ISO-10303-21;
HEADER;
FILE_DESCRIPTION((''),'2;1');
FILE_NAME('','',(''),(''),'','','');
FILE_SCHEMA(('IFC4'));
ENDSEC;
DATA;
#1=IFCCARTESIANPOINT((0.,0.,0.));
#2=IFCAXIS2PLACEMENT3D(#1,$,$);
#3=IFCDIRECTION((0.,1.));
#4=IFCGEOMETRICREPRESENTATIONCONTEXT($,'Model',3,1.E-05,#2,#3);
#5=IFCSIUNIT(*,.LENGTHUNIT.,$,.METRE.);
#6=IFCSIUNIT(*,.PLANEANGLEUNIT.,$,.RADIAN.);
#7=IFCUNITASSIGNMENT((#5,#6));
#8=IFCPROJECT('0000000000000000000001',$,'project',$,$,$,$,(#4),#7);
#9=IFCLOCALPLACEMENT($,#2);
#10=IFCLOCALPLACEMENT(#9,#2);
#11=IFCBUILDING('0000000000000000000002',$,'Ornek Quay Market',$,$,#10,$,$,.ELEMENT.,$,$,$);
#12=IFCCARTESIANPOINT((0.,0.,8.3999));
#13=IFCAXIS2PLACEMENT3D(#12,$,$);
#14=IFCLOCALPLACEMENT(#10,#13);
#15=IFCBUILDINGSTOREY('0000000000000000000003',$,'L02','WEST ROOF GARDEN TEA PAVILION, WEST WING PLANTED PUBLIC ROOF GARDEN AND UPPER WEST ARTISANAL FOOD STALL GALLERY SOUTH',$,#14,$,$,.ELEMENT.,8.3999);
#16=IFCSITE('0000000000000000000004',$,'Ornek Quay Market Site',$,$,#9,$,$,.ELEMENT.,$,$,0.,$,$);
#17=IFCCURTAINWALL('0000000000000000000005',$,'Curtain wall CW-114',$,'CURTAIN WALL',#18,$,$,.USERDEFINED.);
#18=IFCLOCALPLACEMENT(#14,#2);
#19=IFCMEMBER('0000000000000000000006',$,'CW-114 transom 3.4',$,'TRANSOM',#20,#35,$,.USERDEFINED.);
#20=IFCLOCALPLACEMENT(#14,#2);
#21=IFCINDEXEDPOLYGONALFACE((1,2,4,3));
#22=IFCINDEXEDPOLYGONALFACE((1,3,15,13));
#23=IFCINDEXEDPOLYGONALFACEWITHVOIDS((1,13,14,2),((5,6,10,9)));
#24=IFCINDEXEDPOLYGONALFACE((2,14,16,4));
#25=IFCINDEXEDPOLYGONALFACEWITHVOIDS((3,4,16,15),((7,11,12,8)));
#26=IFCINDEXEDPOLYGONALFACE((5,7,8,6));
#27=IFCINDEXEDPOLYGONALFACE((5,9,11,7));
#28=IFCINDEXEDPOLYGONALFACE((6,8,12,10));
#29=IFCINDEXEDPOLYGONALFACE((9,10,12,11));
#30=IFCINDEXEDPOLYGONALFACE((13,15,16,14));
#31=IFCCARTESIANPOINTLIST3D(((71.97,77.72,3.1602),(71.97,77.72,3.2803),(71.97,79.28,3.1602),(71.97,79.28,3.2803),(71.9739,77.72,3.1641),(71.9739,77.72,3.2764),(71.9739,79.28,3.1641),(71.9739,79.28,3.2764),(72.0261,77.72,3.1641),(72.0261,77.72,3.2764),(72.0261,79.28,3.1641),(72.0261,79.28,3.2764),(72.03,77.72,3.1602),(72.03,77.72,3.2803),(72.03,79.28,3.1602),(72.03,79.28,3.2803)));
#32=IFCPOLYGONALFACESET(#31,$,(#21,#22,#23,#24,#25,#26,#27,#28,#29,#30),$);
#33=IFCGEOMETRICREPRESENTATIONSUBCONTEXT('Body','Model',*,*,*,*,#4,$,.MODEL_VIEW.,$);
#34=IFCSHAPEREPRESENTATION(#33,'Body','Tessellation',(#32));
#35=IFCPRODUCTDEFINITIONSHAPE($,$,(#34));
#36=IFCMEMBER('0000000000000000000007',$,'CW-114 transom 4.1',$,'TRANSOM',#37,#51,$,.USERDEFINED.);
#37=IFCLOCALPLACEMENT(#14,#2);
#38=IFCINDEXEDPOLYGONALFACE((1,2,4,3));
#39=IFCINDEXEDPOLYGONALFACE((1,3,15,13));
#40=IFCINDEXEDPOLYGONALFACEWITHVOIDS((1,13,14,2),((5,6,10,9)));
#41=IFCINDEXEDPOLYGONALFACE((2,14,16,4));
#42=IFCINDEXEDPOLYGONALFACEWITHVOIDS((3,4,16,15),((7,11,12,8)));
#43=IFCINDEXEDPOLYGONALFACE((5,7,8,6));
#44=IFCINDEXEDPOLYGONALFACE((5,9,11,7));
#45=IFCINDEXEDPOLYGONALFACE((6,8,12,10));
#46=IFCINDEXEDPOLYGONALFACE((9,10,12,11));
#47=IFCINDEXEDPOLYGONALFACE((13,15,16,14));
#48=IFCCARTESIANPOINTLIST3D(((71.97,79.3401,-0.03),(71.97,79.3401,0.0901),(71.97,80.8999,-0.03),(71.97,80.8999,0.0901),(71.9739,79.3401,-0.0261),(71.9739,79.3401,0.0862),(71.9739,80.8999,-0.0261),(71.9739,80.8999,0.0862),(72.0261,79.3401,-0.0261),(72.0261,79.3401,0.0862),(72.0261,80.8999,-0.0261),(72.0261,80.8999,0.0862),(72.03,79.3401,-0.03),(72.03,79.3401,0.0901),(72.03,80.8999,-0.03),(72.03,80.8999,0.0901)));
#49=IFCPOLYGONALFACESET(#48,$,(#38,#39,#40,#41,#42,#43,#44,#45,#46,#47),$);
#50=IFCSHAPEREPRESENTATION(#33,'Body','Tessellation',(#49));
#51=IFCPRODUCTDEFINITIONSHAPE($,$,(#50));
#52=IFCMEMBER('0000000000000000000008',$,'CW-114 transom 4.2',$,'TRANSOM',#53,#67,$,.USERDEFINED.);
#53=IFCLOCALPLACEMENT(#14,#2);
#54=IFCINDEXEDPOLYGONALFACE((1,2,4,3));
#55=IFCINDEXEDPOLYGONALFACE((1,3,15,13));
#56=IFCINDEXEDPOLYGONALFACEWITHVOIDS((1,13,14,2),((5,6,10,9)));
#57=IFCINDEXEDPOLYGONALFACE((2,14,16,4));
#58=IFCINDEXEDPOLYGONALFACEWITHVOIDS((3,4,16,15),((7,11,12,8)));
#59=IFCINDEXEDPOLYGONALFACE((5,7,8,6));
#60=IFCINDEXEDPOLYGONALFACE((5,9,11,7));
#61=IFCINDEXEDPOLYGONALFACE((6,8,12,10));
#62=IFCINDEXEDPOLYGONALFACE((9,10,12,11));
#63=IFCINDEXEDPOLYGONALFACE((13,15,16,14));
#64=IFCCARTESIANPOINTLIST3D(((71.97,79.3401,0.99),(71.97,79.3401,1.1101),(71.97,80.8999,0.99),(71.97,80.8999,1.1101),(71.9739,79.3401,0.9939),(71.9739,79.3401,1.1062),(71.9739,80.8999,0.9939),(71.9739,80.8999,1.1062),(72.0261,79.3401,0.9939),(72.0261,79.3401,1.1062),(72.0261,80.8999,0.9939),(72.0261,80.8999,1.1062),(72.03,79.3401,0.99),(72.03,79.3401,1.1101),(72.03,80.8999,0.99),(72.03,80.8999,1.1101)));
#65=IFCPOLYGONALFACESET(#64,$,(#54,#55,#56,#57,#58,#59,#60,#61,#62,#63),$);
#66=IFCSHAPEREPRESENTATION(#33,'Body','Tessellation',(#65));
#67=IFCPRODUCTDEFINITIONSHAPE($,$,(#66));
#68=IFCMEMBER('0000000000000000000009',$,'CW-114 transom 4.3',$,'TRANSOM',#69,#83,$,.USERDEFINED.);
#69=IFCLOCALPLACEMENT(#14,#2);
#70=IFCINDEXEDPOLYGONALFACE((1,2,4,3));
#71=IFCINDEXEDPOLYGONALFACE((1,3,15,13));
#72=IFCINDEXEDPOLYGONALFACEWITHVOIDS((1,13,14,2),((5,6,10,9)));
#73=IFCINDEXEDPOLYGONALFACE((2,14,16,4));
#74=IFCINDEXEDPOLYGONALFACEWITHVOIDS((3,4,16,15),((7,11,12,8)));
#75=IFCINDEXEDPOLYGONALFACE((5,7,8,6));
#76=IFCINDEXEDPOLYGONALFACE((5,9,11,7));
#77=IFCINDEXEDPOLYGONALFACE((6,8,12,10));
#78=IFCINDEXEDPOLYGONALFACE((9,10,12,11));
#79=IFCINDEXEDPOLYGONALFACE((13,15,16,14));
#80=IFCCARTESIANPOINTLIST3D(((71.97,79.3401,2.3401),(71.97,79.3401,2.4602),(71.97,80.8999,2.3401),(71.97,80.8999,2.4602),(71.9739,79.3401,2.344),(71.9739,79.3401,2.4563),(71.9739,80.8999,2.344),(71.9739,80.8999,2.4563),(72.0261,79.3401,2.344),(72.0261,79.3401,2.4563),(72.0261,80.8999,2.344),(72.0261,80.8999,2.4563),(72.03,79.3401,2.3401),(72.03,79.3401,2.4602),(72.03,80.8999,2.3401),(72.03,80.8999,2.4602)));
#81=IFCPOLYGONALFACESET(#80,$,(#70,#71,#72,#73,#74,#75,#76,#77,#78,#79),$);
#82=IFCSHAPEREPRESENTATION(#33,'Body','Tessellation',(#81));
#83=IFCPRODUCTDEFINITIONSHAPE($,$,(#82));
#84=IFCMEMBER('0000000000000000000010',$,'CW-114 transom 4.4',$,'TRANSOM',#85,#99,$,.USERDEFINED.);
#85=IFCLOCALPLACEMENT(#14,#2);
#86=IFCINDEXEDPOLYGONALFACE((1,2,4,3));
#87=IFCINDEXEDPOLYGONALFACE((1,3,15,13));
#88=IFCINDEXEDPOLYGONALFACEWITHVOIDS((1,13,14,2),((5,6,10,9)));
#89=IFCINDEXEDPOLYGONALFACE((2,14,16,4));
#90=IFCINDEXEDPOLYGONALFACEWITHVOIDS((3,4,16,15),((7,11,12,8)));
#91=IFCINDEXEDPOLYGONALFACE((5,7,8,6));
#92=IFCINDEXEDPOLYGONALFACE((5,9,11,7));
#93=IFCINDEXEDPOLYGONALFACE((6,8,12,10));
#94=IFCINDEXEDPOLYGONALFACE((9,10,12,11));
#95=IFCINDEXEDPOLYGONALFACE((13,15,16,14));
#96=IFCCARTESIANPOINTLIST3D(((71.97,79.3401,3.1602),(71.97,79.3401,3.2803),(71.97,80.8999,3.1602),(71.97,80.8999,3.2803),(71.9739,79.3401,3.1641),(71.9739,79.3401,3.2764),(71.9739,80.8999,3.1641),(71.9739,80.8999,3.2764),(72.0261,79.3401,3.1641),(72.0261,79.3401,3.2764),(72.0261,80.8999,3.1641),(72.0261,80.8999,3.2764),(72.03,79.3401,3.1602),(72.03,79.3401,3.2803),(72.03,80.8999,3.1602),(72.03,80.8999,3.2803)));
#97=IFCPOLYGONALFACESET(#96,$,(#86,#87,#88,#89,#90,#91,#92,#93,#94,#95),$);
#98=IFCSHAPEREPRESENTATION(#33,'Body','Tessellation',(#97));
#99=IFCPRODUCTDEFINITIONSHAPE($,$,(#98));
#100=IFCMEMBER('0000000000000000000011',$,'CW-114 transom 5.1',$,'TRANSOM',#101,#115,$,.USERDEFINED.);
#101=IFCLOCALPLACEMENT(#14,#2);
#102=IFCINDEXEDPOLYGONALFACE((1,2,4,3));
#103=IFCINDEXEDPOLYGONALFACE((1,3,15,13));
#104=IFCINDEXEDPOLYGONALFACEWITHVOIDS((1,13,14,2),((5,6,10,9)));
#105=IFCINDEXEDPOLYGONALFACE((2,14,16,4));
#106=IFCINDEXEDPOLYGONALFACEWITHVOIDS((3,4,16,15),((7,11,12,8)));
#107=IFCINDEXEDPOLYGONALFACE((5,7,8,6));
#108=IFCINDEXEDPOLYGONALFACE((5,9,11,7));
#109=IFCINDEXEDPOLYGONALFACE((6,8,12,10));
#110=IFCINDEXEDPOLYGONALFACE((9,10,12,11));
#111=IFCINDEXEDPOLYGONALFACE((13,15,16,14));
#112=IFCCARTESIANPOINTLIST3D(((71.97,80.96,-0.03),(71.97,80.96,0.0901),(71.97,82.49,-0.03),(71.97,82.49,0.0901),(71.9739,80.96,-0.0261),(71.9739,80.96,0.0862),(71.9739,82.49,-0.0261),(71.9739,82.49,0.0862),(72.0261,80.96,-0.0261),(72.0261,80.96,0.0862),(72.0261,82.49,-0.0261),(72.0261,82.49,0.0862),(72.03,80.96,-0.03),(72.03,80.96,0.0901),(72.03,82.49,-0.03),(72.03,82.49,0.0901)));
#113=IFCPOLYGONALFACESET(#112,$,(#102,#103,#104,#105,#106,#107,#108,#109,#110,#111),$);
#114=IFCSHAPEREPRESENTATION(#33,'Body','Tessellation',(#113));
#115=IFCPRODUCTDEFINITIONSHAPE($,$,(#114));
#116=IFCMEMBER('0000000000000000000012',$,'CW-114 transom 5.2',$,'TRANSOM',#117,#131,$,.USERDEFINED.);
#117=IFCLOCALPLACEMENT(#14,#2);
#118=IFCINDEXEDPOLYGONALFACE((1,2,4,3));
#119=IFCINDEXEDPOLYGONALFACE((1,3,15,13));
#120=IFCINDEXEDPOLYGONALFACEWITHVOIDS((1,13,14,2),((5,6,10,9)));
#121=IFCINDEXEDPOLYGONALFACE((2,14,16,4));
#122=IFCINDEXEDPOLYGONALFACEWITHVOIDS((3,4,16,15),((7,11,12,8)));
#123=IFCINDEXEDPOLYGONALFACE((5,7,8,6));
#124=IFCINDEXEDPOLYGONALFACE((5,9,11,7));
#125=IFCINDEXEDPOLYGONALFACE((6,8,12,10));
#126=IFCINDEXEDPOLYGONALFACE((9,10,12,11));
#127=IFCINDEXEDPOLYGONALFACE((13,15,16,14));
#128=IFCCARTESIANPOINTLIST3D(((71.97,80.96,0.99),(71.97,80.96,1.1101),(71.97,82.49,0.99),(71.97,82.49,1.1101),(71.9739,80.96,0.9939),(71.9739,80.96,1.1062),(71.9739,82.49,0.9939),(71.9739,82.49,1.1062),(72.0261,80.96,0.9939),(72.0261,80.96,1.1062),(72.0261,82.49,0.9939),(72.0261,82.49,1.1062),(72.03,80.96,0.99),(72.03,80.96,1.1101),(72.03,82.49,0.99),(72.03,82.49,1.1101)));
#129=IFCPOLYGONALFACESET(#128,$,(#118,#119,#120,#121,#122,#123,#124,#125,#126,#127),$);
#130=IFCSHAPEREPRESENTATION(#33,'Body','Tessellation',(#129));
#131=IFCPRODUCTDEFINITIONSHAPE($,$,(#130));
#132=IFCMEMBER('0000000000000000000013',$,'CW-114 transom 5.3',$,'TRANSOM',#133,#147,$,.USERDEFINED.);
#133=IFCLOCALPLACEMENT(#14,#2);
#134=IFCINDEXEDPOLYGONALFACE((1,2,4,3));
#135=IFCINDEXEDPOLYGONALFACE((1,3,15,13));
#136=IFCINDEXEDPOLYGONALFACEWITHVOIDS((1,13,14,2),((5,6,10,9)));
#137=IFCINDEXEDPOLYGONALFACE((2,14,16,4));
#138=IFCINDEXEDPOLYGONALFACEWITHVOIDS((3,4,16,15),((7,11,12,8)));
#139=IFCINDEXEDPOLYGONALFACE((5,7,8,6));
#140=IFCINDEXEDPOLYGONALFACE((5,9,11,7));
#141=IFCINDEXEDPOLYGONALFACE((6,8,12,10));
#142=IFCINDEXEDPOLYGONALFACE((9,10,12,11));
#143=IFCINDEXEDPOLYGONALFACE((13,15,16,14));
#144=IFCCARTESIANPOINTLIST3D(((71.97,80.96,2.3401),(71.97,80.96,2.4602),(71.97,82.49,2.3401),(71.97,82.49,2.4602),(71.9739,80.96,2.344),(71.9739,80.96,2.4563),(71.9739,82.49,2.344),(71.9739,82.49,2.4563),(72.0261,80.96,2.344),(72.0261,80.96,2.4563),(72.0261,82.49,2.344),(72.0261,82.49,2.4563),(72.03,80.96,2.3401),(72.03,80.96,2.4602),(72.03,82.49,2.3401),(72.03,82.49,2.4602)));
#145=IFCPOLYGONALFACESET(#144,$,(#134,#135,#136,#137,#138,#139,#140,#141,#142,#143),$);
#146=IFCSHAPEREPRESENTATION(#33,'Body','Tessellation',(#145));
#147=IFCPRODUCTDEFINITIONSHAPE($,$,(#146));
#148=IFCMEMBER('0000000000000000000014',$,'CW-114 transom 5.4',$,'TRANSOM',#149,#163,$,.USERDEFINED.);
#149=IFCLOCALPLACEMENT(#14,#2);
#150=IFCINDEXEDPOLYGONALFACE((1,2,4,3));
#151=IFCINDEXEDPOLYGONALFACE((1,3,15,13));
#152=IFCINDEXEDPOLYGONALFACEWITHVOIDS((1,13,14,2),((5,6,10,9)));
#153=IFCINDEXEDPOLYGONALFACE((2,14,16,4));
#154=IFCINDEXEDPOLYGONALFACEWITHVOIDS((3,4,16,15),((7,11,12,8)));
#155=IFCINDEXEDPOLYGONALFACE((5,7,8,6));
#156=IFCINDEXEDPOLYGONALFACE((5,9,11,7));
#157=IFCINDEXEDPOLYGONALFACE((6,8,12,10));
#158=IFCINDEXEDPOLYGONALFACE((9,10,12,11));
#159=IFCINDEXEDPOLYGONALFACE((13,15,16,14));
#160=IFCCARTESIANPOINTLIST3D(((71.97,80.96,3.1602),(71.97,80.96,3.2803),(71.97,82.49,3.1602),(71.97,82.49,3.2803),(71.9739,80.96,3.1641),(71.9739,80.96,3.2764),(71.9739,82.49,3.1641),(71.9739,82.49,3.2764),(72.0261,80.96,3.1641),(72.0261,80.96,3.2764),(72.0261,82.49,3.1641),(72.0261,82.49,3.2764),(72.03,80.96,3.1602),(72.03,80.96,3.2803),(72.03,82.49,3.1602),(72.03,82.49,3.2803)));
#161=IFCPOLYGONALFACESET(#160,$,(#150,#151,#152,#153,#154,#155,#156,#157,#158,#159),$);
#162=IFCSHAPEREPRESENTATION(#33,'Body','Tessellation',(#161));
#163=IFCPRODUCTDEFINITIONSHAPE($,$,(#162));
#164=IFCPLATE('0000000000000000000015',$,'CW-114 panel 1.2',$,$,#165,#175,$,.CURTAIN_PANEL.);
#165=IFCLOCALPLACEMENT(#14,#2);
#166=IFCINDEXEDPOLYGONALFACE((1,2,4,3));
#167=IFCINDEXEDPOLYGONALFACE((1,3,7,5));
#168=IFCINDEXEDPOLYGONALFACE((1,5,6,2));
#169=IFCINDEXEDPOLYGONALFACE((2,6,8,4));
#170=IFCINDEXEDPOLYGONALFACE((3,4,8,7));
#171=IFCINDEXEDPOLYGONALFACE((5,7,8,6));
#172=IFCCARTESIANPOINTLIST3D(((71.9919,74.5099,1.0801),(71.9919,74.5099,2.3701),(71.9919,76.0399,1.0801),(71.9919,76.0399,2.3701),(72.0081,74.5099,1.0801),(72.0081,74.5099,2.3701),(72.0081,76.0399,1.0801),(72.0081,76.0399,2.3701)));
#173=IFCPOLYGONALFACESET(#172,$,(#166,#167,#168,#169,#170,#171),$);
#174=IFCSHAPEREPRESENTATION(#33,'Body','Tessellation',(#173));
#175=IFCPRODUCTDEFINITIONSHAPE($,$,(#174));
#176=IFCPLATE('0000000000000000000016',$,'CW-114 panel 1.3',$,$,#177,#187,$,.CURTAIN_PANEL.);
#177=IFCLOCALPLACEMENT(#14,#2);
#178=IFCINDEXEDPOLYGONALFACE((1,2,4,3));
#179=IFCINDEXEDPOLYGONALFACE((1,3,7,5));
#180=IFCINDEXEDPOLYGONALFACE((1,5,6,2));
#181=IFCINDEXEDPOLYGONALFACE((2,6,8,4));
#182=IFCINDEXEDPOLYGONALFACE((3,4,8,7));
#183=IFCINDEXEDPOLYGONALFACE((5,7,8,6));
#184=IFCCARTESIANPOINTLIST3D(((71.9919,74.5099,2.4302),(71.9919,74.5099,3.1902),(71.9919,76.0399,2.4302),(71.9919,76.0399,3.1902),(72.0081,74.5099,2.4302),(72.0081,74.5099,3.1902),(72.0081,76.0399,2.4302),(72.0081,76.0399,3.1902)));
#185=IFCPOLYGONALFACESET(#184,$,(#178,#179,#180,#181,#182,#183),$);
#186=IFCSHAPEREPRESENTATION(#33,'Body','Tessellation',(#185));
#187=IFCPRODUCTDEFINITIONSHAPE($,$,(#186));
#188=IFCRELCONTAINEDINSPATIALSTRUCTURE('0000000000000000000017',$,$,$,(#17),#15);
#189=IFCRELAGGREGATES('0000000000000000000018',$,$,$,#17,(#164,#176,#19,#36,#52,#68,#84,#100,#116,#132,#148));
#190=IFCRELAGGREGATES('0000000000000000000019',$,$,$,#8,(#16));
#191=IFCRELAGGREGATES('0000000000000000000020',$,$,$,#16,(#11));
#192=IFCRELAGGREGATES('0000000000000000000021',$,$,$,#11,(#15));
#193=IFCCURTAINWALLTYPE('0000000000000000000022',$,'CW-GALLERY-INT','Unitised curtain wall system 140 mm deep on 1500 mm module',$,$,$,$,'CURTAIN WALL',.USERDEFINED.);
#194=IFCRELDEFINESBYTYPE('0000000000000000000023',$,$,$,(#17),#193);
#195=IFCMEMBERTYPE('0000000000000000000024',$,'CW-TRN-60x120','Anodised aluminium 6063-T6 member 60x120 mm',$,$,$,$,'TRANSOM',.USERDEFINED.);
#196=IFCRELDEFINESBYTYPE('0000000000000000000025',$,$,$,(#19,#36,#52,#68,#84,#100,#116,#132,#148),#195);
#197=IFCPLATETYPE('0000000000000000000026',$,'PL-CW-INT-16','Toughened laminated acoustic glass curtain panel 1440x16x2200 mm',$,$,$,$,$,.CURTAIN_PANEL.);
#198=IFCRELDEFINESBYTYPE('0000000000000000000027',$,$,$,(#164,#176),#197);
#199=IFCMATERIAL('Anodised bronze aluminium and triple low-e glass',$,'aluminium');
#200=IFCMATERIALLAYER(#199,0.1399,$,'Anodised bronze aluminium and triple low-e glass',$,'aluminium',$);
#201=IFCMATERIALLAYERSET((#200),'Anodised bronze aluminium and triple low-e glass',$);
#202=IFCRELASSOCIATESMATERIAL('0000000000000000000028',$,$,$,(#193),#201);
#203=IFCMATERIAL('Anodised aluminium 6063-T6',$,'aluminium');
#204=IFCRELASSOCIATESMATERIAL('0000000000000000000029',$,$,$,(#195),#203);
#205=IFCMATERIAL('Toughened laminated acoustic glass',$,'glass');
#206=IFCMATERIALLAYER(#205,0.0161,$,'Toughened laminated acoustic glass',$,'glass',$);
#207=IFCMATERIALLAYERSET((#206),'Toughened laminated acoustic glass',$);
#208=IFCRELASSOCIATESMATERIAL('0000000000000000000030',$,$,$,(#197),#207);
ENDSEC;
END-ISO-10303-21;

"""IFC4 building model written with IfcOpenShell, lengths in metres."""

from ifc_helpers import new_model, si_unit, direction, frame, origin, origin_2d, place, context, subcontext, project, spatial, rectangle, hollow_rectangle, extrude, material, layer, layer_set, material_profile, profile_set, type_object, element, aggregate, save


model = new_model("IFC4")

# Units and contexts
model_context = context("Model", 3, precision=1e-05, world=origin(), true_north=direction((0.0, 1.0)))
body_context = subcontext(model_context, "Body", "Model", "MODEL_VIEW")
ifc_project = project(units=[si_unit("LENGTHUNIT", "METRE"), si_unit("PLANEANGLEUNIT", "RADIAN")], contexts=[model_context])

# Site, building, storey
site_placement = place(None, origin())
site = spatial("IfcSite", under=ifc_project, at=site_placement, Name="Ornek Quay Market Site", CompositionType="ELEMENT", RefElevation=0.0)
building_placement = place(site_placement, origin())
building = spatial("IfcBuilding", under=site, at=building_placement, Name="Ornek Quay Market", CompositionType="ELEMENT")
storey_placement = place(building_placement, frame((0.0, 0.0, 8.3999)))
storey = spatial("IfcBuildingStorey", under=building, at=storey_placement, Name="L02", Description="WEST ROOF GARDEN TEA PAVILION, WEST WING PLANTED PUBLIC ROOF GARDEN AND UPPER WEST ARTISANAL FOOD STALL GALLERY SOUTH", CompositionType="ELEMENT", Elevation=8.3999)

# Curtain wall, members, plates
ifc_material_1 = material(Name="Anodised bronze aluminium and triple low-e glass", Category="aluminium")
ifc_layer_1 = layer(ifc_material_1, 0.1399, Name="Anodised bronze aluminium and triple low-e glass", Category="aluminium")
ifc_layer_set_1 = layer_set([ifc_layer_1], Name="Anodised bronze aluminium and triple low-e glass")
curtain_wall_type = type_object("IfcCurtainWallType", Name="CW-GALLERY-INT", Description="Unitised curtain wall system 140 mm deep on 1500 mm module", ElementType="CURTAIN WALL", PredefinedType="USERDEFINED", material=ifc_layer_set_1)
curtain_wall_placement = place(storey_placement, origin())
curtain_wall = element("IfcCurtainWall", 1, at=curtain_wall_placement, inside=storey, type_object=curtain_wall_type, Name="Curtain wall CW-114", ObjectType="CURTAIN WALL", PredefinedType="USERDEFINED")
ifc_material_2 = material(Name="Anodised aluminium 6063-T6", Category="aluminium")
ifc_material_profile_1 = material_profile(ifc_material_2, hollow_rectangle(XDim=0.0601, YDim=0.1201, WallThickness=0.0039, at=origin_2d()), Name="CW-TRN-60x120", Category="aluminium")
ifc_profile_set_1 = profile_set([ifc_material_profile_1], Name="Anodised aluminium 6063-T6")
member_type_1 = type_object("IfcMemberType", Name="CW-TRN-60x120", Description="Anodised aluminium 6063-T6 member 60x120 mm", ElementType="TRANSOM", PredefinedType="USERDEFINED", material=ifc_profile_set_1)
member_1_placement = place(storey_placement, frame((72.0, 77.72, 3.2202), z_axis=(0.0, 1.0, 0.0), x_axis=(-1.0, 0.0, 0.0)))
member_1 = element("IfcMember", 2, at=member_1_placement, type_object=member_type_1, Name="CW-114 transom 3.4", ObjectType="TRANSOM", PredefinedType="USERDEFINED", context=body_context, shape_type="SweptSolid", body=[
    extrude(hollow_rectangle(XDim=0.0601, YDim=0.1201, WallThickness=0.0039, at=origin_2d()), origin(), (0.0, 0.0, 1.0), 1.5601),
])
member_2_placement = place(storey_placement, frame((72.0, 79.3401, 0.03), z_axis=(0.0, 1.0, 0.0), x_axis=(-1.0, 0.0, 0.0)))
member_2 = element("IfcMember", 3, at=member_2_placement, type_object=member_type_1, Name="CW-114 transom 4.1", ObjectType="TRANSOM", PredefinedType="USERDEFINED", context=body_context, shape_type="SweptSolid", body=[
    extrude(hollow_rectangle(XDim=0.0601, YDim=0.1201, WallThickness=0.0039, at=origin_2d()), origin(), (0.0, 0.0, 1.0), 1.5598),
])
member_3_placement = place(storey_placement, frame((72.0, 79.3401, 1.05), z_axis=(0.0, 1.0, 0.0), x_axis=(-1.0, 0.0, 0.0)))
member_3 = element("IfcMember", 4, at=member_3_placement, type_object=member_type_1, Name="CW-114 transom 4.2", ObjectType="TRANSOM", PredefinedType="USERDEFINED", context=body_context, shape_type="SweptSolid", body=[
    extrude(hollow_rectangle(XDim=0.0601, YDim=0.1201, WallThickness=0.0039, at=origin_2d()), origin(), (0.0, 0.0, 1.0), 1.5598),
])
member_4_placement = place(storey_placement, frame((72.0, 79.3401, 2.4001), z_axis=(0.0, 1.0, 0.0), x_axis=(-1.0, 0.0, 0.0)))
member_4 = element("IfcMember", 5, at=member_4_placement, type_object=member_type_1, Name="CW-114 transom 4.3", ObjectType="TRANSOM", PredefinedType="USERDEFINED", context=body_context, shape_type="SweptSolid", body=[
    extrude(hollow_rectangle(XDim=0.0601, YDim=0.1201, WallThickness=0.0039, at=origin_2d()), origin(), (0.0, 0.0, 1.0), 1.5598),
])
member_5_placement = place(storey_placement, frame((72.0, 79.3401, 3.2202), z_axis=(0.0, 1.0, 0.0), x_axis=(-1.0, 0.0, 0.0)))
member_5 = element("IfcMember", 6, at=member_5_placement, type_object=member_type_1, Name="CW-114 transom 4.4", ObjectType="TRANSOM", PredefinedType="USERDEFINED", context=body_context, shape_type="SweptSolid", body=[
    extrude(hollow_rectangle(XDim=0.0601, YDim=0.1201, WallThickness=0.0039, at=origin_2d()), origin(), (0.0, 0.0, 1.0), 1.5598),
])
member_6_placement = place(storey_placement, frame((72.0, 80.96, 0.03), z_axis=(0.0, 1.0, 0.0), x_axis=(-1.0, 0.0, 0.0)))
member_6 = element("IfcMember", 7, at=member_6_placement, type_object=member_type_1, Name="CW-114 transom 5.1", ObjectType="TRANSOM", PredefinedType="USERDEFINED", context=body_context, shape_type="SweptSolid", body=[
    extrude(hollow_rectangle(XDim=0.0601, YDim=0.1201, WallThickness=0.0039, at=origin_2d()), origin(), (0.0, 0.0, 1.0), 1.53),
])
member_7_placement = place(storey_placement, frame((72.0, 80.96, 1.05), z_axis=(0.0, 1.0, 0.0), x_axis=(-1.0, 0.0, 0.0)))
member_7 = element("IfcMember", 8, at=member_7_placement, type_object=member_type_1, Name="CW-114 transom 5.2", ObjectType="TRANSOM", PredefinedType="USERDEFINED", context=body_context, shape_type="SweptSolid", body=[
    extrude(hollow_rectangle(XDim=0.0601, YDim=0.1201, WallThickness=0.0039, at=origin_2d()), origin(), (0.0, 0.0, 1.0), 1.53),
])
member_8_placement = place(storey_placement, frame((72.0, 80.96, 2.4001), z_axis=(0.0, 1.0, 0.0), x_axis=(-1.0, 0.0, 0.0)))
member_8 = element("IfcMember", 9, at=member_8_placement, type_object=member_type_1, Name="CW-114 transom 5.3", ObjectType="TRANSOM", PredefinedType="USERDEFINED", context=body_context, shape_type="SweptSolid", body=[
    extrude(hollow_rectangle(XDim=0.0601, YDim=0.1201, WallThickness=0.0039, at=origin_2d()), origin(), (0.0, 0.0, 1.0), 1.53),
])
member_9_placement = place(storey_placement, frame((72.0, 80.96, 3.2202), z_axis=(0.0, 1.0, 0.0), x_axis=(-1.0, 0.0, 0.0)))
member_9 = element("IfcMember", 10, at=member_9_placement, type_object=member_type_1, Name="CW-114 transom 5.4", ObjectType="TRANSOM", PredefinedType="USERDEFINED", context=body_context, shape_type="SweptSolid", body=[
    extrude(hollow_rectangle(XDim=0.0601, YDim=0.1201, WallThickness=0.0039, at=origin_2d()), origin(), (0.0, 0.0, 1.0), 1.53),
])
ifc_material_3 = material(Name="Toughened laminated acoustic glass", Category="glass")
ifc_layer_2 = layer(ifc_material_3, 0.0161, Name="Toughened laminated acoustic glass", Category="glass")
ifc_layer_set_2 = layer_set([ifc_layer_2], Name="Toughened laminated acoustic glass")
plate_type = type_object("IfcPlateType", Name="PL-CW-INT-16", Description="Toughened laminated acoustic glass curtain panel 1440x16x2200 mm", PredefinedType="CURTAIN_PANEL", material=ifc_layer_set_2)
plate_1_placement = place(storey_placement, frame((72.0, 75.2749, 1.0801), z_axis=(0.0, 0.0, 1.0), x_axis=(0.0, 1.0, 0.0)))
plate_1 = element("IfcPlate", 11, at=plate_1_placement, type_object=plate_type, Name="CW-114 panel 1.2", PredefinedType="CURTAIN_PANEL", context=body_context, shape_type="SweptSolid", body=[
    extrude(rectangle(XDim=1.53, YDim=0.0161, at=origin_2d()), origin(), (0.0, 0.0, 1.0), 1.29),
])
plate_2_placement = place(storey_placement, frame((72.0, 75.2749, 2.4302), z_axis=(0.0, 0.0, 1.0), x_axis=(0.0, 1.0, 0.0)))
plate_2 = element("IfcPlate", 12, at=plate_2_placement, type_object=plate_type, Name="CW-114 panel 1.3", PredefinedType="CURTAIN_PANEL", context=body_context, shape_type="SweptSolid", body=[
    extrude(rectangle(XDim=1.53, YDim=0.0161, at=origin_2d()), origin(), (0.0, 0.0, 1.0), 0.76),
])
aggregate(curtain_wall, [plate_1, plate_2, member_1, member_2, member_3, member_4, member_5, member_6, member_7, member_8, member_9])

save(model, "model.ifc")
